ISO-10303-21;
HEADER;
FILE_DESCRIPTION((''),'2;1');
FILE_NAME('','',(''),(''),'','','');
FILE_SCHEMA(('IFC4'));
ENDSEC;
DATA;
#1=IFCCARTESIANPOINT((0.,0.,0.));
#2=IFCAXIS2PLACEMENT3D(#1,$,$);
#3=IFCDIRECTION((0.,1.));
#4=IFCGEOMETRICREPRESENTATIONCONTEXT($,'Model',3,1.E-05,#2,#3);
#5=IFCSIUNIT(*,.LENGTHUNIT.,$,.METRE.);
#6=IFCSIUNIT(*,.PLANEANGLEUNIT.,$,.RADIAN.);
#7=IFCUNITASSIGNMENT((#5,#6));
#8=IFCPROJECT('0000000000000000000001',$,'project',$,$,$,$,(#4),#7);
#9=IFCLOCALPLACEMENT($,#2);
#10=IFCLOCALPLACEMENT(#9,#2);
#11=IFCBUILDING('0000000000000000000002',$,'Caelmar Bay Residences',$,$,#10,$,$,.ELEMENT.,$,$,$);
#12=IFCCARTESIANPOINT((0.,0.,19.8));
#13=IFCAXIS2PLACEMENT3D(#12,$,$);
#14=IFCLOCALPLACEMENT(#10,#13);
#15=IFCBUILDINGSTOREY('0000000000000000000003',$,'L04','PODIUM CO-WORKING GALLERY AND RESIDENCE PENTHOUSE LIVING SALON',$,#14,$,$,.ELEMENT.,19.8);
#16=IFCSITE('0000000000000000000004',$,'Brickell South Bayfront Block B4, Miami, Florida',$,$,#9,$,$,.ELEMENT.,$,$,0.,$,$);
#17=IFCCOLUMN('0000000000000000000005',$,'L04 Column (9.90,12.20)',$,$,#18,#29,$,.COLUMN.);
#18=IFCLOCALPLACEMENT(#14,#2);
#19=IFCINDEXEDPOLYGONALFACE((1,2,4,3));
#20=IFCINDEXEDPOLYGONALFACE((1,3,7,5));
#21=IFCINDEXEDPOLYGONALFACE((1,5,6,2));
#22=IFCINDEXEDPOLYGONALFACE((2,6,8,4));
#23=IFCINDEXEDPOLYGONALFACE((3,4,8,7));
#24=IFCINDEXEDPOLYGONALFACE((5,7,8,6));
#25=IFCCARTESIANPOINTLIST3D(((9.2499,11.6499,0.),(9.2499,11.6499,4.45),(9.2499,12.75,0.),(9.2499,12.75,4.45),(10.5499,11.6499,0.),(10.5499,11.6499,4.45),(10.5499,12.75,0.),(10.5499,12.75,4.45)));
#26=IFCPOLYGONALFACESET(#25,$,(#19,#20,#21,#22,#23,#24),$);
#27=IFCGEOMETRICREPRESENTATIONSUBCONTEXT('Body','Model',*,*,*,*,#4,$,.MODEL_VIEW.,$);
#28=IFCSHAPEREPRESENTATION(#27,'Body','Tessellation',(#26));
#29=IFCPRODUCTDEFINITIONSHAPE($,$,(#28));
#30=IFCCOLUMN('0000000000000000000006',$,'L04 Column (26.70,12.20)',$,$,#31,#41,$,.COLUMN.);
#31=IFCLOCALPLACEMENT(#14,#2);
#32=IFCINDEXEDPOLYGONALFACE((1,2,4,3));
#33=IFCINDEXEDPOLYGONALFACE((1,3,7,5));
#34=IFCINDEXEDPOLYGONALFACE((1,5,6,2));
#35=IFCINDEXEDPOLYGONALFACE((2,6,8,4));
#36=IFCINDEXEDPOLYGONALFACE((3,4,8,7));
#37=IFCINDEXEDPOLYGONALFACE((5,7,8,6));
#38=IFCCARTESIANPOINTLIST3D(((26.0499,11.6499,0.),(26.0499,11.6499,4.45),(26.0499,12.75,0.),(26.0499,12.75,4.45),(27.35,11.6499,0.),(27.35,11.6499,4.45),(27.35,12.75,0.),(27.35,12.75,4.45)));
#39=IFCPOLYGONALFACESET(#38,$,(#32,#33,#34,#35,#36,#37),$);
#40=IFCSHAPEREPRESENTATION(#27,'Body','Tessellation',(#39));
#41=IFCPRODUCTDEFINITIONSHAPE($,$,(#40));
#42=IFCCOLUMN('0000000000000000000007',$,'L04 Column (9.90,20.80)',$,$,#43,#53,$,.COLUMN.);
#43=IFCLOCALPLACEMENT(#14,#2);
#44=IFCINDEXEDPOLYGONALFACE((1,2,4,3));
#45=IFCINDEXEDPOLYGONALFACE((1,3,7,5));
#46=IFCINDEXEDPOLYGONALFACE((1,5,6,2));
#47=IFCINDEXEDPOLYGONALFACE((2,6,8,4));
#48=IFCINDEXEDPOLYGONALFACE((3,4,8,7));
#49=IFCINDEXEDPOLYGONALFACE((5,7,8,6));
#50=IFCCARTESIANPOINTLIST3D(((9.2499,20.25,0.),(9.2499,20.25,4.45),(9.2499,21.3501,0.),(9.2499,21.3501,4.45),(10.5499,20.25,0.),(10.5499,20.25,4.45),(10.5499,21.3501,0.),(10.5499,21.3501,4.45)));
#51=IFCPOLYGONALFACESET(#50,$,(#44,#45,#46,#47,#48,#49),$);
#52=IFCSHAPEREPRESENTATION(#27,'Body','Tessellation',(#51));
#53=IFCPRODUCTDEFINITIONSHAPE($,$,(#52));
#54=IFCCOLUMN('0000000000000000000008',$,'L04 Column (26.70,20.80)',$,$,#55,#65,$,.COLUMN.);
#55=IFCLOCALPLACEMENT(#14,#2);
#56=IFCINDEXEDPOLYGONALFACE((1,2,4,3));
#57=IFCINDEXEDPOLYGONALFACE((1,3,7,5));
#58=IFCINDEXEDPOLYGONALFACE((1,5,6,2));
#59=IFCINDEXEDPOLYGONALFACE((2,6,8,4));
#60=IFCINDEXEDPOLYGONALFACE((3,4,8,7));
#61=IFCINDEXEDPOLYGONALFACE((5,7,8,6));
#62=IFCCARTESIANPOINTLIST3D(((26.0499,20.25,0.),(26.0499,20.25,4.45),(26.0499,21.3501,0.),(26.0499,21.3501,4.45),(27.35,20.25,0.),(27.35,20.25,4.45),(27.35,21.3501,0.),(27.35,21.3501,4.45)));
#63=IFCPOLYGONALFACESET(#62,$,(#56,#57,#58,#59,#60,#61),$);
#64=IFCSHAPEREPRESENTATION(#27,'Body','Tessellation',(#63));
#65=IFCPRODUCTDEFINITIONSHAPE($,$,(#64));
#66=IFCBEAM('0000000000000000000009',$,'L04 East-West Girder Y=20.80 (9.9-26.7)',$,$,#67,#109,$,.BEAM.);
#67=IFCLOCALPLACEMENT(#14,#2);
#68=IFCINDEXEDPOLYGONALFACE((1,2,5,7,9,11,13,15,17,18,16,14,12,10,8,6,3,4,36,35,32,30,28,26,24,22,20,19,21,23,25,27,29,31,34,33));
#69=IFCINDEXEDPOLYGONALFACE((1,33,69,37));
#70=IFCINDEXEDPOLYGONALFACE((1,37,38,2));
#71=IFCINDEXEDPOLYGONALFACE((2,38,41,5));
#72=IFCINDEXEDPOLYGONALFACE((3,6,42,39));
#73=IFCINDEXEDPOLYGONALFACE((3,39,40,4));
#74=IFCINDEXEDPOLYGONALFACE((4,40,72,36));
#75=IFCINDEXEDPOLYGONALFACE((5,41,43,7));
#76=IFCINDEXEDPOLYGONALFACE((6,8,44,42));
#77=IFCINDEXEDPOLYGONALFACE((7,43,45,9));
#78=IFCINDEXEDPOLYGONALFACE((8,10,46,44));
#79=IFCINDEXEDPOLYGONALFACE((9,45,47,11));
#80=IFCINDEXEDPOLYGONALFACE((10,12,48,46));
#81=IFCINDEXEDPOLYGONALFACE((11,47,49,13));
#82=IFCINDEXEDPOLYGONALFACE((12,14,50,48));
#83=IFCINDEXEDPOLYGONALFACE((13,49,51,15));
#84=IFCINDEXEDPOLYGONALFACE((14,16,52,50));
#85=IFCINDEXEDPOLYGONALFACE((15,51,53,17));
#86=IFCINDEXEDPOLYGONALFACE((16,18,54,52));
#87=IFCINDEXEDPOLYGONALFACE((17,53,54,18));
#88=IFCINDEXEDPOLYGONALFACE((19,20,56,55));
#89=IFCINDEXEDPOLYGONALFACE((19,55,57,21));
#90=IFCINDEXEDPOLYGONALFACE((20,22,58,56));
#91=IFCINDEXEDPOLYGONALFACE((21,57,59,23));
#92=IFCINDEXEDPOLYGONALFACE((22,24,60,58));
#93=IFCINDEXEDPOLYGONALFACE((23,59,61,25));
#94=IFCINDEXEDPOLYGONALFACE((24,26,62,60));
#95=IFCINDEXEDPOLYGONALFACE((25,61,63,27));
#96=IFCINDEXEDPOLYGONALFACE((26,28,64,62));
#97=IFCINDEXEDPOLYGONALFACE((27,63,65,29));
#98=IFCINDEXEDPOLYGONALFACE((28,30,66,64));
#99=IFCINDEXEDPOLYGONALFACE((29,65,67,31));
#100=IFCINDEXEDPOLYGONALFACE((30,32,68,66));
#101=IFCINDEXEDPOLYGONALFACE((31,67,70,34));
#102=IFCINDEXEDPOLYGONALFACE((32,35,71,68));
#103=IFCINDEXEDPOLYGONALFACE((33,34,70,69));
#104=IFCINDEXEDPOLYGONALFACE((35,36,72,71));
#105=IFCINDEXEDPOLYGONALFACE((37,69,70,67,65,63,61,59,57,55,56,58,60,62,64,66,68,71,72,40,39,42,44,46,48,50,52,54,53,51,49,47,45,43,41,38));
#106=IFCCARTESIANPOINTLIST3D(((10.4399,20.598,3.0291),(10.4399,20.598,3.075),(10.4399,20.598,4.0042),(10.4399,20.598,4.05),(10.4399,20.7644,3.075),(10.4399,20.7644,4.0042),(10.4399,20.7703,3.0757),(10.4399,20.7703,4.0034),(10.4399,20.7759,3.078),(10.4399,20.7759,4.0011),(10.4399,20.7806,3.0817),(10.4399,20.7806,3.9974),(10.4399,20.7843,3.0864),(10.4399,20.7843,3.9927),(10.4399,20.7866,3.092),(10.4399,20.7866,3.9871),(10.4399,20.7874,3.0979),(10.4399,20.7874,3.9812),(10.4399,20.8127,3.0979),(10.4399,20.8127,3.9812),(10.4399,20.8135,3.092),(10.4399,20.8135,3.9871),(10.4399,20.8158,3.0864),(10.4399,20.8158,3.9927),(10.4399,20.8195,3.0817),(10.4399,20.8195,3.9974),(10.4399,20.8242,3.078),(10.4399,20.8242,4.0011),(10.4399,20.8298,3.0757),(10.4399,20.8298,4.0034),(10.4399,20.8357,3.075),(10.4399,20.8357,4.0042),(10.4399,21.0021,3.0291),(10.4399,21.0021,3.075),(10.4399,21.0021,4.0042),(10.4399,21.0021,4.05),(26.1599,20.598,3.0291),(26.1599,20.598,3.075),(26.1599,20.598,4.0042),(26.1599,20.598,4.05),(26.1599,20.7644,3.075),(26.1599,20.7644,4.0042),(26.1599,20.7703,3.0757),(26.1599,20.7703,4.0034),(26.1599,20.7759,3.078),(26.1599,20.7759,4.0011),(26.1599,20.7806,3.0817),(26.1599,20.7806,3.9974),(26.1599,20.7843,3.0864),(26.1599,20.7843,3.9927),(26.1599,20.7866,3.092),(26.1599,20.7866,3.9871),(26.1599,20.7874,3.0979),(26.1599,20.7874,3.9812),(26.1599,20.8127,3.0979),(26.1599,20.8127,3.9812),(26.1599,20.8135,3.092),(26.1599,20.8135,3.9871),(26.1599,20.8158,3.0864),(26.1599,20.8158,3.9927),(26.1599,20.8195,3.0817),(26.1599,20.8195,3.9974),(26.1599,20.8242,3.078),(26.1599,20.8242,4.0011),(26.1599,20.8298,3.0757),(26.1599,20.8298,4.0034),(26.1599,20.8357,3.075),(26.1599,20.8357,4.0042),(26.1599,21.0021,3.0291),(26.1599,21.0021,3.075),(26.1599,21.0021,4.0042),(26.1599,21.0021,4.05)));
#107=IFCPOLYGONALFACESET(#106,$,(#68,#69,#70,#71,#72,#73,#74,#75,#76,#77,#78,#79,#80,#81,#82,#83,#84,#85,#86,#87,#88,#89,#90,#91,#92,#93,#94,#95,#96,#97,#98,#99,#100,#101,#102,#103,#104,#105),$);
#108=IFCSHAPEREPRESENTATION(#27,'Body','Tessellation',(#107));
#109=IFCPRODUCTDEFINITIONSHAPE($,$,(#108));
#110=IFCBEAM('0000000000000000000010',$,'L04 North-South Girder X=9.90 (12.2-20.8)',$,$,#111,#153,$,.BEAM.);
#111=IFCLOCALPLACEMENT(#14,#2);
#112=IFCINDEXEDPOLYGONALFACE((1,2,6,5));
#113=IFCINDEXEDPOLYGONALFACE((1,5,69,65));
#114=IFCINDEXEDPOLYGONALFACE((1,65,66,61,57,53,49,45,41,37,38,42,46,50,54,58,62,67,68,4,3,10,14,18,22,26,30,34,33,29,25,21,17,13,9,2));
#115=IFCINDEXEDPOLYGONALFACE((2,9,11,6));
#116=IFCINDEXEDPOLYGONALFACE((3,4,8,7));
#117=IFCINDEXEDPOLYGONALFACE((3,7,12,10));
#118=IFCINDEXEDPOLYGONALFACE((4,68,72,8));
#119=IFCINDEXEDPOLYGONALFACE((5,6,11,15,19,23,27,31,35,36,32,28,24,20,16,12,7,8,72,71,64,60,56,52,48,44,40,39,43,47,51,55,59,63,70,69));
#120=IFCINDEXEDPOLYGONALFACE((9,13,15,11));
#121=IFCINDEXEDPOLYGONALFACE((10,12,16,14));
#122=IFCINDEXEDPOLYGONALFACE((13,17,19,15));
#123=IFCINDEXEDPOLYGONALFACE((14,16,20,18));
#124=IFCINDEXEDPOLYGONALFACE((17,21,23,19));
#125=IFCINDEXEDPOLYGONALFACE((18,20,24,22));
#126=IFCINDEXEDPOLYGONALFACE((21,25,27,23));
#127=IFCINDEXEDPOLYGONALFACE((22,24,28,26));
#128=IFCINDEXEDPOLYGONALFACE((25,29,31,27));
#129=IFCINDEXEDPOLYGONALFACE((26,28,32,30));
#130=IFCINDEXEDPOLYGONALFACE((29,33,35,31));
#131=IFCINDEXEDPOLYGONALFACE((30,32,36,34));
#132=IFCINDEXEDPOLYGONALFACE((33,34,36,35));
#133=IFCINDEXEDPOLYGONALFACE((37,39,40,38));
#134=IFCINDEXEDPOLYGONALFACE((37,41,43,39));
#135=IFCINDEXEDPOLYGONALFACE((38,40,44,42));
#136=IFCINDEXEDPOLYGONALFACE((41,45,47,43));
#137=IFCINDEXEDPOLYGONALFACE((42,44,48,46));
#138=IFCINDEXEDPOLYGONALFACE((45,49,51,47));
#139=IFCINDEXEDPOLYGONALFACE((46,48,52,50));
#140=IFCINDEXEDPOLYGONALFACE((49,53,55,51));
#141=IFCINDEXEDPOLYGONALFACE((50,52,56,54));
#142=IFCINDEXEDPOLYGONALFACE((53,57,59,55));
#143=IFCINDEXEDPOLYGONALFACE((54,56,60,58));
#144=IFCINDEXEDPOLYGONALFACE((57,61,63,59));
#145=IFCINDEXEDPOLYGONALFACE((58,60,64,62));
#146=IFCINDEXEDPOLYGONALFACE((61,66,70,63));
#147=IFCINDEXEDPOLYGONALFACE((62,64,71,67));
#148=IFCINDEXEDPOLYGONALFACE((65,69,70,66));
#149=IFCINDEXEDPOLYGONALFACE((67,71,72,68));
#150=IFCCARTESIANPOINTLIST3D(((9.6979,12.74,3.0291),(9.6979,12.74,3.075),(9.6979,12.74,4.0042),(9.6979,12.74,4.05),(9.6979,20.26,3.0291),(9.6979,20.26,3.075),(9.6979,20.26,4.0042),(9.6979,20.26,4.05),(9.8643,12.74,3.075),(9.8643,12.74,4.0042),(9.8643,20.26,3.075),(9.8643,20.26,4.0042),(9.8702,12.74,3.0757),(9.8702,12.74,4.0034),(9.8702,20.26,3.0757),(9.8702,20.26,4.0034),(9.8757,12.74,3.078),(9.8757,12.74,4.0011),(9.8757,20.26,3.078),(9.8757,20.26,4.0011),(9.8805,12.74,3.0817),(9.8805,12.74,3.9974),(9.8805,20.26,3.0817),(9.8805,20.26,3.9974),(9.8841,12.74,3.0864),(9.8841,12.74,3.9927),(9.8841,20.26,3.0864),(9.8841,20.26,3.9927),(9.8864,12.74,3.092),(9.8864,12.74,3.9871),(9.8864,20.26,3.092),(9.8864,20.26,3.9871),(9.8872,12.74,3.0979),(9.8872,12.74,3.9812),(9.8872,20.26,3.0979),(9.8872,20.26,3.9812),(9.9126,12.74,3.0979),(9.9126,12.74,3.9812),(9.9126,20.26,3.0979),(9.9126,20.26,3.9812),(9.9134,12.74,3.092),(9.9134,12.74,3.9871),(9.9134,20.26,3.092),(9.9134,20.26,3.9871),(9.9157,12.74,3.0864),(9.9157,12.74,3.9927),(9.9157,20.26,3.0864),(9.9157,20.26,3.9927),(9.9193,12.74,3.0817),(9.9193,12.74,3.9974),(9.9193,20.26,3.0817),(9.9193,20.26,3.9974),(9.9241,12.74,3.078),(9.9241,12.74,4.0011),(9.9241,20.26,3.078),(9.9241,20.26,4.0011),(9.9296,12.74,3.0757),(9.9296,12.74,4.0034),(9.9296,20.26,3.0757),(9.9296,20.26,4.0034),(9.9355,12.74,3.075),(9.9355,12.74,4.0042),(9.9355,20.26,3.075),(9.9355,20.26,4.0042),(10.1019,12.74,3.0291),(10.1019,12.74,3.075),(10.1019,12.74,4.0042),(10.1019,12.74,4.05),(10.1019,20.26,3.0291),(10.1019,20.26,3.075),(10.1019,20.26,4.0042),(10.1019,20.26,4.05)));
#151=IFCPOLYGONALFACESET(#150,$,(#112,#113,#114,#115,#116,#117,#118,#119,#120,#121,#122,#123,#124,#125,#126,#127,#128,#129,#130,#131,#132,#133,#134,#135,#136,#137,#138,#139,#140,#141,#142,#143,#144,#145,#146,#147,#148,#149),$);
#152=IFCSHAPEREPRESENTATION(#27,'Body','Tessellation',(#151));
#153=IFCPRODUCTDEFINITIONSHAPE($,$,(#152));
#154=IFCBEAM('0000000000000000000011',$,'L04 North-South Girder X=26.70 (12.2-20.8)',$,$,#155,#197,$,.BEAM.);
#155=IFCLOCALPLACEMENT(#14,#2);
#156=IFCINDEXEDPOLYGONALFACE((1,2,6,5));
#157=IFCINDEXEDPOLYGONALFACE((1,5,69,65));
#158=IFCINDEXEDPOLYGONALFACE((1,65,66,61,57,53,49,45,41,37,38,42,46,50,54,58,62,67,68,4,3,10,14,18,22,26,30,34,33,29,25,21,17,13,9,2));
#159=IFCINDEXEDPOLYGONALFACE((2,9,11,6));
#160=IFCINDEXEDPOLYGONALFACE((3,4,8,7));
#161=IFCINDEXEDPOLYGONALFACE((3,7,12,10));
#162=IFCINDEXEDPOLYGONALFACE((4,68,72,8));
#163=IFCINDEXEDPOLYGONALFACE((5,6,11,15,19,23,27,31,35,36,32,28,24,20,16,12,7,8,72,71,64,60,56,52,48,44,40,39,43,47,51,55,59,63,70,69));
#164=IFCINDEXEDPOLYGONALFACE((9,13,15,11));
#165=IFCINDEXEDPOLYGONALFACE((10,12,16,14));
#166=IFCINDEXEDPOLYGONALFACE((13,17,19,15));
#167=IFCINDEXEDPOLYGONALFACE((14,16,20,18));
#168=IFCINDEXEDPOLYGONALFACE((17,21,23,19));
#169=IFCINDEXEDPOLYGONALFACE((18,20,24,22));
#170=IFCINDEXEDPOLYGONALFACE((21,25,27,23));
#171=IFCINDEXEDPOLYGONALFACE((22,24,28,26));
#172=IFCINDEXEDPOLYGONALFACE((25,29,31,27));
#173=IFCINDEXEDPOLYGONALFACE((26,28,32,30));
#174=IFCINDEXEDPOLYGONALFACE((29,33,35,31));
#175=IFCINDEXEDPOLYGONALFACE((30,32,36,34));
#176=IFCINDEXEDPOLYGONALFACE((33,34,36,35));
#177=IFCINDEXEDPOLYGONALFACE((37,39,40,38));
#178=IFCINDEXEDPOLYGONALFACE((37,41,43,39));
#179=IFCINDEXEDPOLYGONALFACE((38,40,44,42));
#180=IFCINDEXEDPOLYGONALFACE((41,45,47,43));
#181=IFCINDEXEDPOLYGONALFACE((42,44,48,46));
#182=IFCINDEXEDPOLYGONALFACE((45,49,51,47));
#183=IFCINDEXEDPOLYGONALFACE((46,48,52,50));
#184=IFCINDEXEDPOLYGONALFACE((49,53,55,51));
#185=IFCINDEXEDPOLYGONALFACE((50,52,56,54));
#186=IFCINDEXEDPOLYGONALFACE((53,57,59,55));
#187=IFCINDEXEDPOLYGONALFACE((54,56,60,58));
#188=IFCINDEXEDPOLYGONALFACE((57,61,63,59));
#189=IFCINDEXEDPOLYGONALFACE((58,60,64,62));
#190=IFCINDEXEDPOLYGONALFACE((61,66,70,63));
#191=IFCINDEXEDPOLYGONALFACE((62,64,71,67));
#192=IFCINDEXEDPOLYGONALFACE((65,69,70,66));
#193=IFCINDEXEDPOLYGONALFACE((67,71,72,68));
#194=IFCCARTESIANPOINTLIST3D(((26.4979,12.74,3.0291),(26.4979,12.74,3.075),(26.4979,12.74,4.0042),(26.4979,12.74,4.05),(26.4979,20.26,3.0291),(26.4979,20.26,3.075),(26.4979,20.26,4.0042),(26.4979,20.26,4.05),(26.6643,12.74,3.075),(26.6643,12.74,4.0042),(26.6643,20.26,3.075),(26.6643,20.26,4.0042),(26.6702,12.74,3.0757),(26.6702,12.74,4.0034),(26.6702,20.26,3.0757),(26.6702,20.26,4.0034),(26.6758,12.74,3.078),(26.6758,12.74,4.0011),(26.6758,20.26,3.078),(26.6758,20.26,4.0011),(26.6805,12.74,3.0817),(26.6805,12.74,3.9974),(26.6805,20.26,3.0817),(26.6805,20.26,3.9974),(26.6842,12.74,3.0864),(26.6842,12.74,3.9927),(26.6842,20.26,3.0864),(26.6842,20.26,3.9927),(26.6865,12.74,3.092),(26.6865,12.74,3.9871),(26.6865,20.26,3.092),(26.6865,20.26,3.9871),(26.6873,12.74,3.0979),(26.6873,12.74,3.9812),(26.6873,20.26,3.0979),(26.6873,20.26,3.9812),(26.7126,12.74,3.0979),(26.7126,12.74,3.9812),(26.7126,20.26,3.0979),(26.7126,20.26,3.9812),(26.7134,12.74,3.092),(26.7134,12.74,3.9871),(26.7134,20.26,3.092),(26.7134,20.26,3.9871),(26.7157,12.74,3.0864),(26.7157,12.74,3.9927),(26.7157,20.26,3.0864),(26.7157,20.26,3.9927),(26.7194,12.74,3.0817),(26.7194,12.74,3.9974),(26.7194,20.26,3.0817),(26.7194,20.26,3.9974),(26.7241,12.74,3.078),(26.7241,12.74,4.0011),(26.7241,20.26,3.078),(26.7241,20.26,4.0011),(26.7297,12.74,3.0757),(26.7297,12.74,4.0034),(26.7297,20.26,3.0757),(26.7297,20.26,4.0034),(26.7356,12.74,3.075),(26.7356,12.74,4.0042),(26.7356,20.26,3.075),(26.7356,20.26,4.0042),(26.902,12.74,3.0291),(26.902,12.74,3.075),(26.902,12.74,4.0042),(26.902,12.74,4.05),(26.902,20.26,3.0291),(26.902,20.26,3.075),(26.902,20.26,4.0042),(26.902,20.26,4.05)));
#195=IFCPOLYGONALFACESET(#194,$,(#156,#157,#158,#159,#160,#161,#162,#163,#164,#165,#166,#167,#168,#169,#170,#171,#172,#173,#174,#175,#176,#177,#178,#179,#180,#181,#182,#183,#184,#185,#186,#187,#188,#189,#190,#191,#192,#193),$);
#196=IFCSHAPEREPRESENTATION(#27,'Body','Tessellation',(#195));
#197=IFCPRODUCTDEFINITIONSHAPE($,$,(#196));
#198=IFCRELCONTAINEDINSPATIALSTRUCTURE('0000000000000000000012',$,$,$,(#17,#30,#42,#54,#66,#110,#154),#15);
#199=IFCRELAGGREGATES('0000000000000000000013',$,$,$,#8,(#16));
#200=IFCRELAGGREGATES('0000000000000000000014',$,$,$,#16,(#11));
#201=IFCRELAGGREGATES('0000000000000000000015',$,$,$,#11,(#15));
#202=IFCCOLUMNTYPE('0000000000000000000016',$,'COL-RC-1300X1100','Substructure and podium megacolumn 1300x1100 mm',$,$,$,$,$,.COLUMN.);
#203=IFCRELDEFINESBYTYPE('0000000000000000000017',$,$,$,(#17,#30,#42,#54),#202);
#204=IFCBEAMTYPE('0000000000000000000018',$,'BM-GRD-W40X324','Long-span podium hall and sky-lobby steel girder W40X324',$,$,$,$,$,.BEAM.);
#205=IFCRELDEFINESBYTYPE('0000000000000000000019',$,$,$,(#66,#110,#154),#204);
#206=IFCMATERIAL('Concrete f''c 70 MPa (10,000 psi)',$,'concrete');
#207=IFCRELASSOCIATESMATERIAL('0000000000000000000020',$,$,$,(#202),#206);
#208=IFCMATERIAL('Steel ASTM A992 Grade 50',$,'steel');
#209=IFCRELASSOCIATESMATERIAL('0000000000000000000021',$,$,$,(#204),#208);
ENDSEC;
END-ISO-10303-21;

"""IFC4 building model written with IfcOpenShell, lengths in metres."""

from ifc_helpers import new_model, si_unit, direction, frame, origin, origin_2d, place, context, subcontext, project, spatial, rectangle, i_section, extrude, material, material_profile, profile_set, type_object, element, save


model = new_model("IFC4")

# Units and contexts
model_context = context("Model", 3, precision=1e-05, world=origin(), true_north=direction((0.0, 1.0)))
body_context = subcontext(model_context, "Body", "Model", "MODEL_VIEW")
ifc_project = project(units=[si_unit("LENGTHUNIT", "METRE"), si_unit("PLANEANGLEUNIT", "RADIAN")], contexts=[model_context])

# Site, building, storey
site_placement = place(None, origin())
site = spatial("IfcSite", under=ifc_project, at=site_placement, Name="Brickell South Bayfront Block B4, Miami, Florida", CompositionType="ELEMENT", RefElevation=0.0)
building_placement = place(site_placement, origin())
building = spatial("IfcBuilding", under=site, at=building_placement, Name="Caelmar Bay Residences", CompositionType="ELEMENT")
storey_placement = place(building_placement, frame((0.0, 0.0, 19.8)))
storey = spatial("IfcBuildingStorey", under=building, at=storey_placement, Name="L04", Description="PODIUM CO-WORKING GALLERY AND RESIDENCE PENTHOUSE LIVING SALON", CompositionType="ELEMENT", Elevation=19.8)

# Columns
ifc_material_1 = material(Name="Concrete f'c 70 MPa (10,000 psi)", Category="concrete")
ifc_material_profile_1 = material_profile(ifc_material_1, rectangle(XDim=1.3, YDim=1.1001, at=origin_2d()), Name="RC-COL-1300X1100")
ifc_profile_set_1 = profile_set([ifc_material_profile_1], Name="Concrete f'c 70 MPa (10,000 psi)")
column_type = type_object("IfcColumnType", Name="COL-RC-1300X1100", Description="Substructure and podium megacolumn 1300x1100 mm", PredefinedType="COLUMN", material=ifc_profile_set_1)
for number, where, z_axis, x_axis, name in (
    (1, (9.8999, 12.2, 0.0), (0.0, 0.0, 1.0), (1.0, 0.0, 0.0), "L04 Column (9.90,12.20)"),
    (2, (26.7, 12.2, 0.0), (0.0, 0.0, 1.0), (1.0, 0.0, 0.0), "L04 Column (26.70,12.20)"),
    (3, (9.8999, 20.8, 0.0), (0.0, 0.0, 1.0), (1.0, 0.0, 0.0), "L04 Column (9.90,20.80)"),
    (4, (26.7, 20.8, 0.0), (0.0, 0.0, 1.0), (1.0, 0.0, 0.0), "L04 Column (26.70,20.80)"),
):
    element("IfcColumn", number, at=place(storey_placement, frame(where, z_axis=z_axis, x_axis=x_axis)), inside=storey, type_object=column_type, Name=name, PredefinedType="COLUMN", context=body_context, shape_type="SweptSolid", body=[
        extrude(rectangle(XDim=1.3, YDim=1.1001, at=origin_2d()), origin(), (0.0, 0.0, 1.0), 4.45),
    ])

# Beams
ifc_material_2 = material(Name="Steel ASTM A992 Grade 50", Category="steel")
ifc_material_profile_2 = material_profile(ifc_material_2, i_section(OverallWidth=0.4041, OverallDepth=1.021, WebThickness=0.0254, FlangeThickness=0.0459, FilletRadius=0.0229, at=origin_2d()), Name="W40X324")
ifc_profile_set_2 = profile_set([ifc_material_profile_2], Name="Steel ASTM A992 Grade 50")
beam_type_1 = type_object("IfcBeamType", Name="BM-GRD-W40X324", Description="Long-span podium hall and sky-lobby steel girder W40X324", PredefinedType="BEAM", material=ifc_profile_set_2)
beam_1_placement = place(storey_placement, frame((10.4399, 20.8, 3.5396), z_axis=(1.0, 0.0, 0.0), x_axis=(0.0, 1.0, 0.0)))
element("IfcBeam", 5, at=beam_1_placement, inside=storey, type_object=beam_type_1, Name="L04 East-West Girder Y=20.80 (9.9-26.7)", PredefinedType="BEAM", context=body_context, shape_type="SweptSolid", body=[
    extrude(i_section(OverallWidth=0.4041, OverallDepth=1.021, WebThickness=0.0254, FlangeThickness=0.0459, FilletRadius=0.0229, at=origin_2d()), origin(), (0.0, 0.0, 1.0), 15.72),
])
for number, where, z_axis, x_axis, name in (
    (6, (9.8999, 12.74, 3.5396), (0.0, 1.0, 0.0), (-1.0, 0.0, 0.0), "L04 North-South Girder X=9.90 (12.2-20.8)"),
    (7, (26.7, 12.74, 3.5396), (0.0, 1.0, 0.0), (-1.0, 0.0, 0.0), "L04 North-South Girder X=26.70 (12.2-20.8)"),
):
    element("IfcBeam", number, at=place(storey_placement, frame(where, z_axis=z_axis, x_axis=x_axis)), inside=storey, type_object=beam_type_1, Name=name, PredefinedType="BEAM", context=body_context, shape_type="SweptSolid", body=[
        extrude(i_section(OverallWidth=0.4041, OverallDepth=1.021, WebThickness=0.0254, FlangeThickness=0.0459, FilletRadius=0.0229, at=origin_2d()), origin(), (0.0, 0.0, 1.0), 7.52),
    ])

save(model, "model.ifc")
